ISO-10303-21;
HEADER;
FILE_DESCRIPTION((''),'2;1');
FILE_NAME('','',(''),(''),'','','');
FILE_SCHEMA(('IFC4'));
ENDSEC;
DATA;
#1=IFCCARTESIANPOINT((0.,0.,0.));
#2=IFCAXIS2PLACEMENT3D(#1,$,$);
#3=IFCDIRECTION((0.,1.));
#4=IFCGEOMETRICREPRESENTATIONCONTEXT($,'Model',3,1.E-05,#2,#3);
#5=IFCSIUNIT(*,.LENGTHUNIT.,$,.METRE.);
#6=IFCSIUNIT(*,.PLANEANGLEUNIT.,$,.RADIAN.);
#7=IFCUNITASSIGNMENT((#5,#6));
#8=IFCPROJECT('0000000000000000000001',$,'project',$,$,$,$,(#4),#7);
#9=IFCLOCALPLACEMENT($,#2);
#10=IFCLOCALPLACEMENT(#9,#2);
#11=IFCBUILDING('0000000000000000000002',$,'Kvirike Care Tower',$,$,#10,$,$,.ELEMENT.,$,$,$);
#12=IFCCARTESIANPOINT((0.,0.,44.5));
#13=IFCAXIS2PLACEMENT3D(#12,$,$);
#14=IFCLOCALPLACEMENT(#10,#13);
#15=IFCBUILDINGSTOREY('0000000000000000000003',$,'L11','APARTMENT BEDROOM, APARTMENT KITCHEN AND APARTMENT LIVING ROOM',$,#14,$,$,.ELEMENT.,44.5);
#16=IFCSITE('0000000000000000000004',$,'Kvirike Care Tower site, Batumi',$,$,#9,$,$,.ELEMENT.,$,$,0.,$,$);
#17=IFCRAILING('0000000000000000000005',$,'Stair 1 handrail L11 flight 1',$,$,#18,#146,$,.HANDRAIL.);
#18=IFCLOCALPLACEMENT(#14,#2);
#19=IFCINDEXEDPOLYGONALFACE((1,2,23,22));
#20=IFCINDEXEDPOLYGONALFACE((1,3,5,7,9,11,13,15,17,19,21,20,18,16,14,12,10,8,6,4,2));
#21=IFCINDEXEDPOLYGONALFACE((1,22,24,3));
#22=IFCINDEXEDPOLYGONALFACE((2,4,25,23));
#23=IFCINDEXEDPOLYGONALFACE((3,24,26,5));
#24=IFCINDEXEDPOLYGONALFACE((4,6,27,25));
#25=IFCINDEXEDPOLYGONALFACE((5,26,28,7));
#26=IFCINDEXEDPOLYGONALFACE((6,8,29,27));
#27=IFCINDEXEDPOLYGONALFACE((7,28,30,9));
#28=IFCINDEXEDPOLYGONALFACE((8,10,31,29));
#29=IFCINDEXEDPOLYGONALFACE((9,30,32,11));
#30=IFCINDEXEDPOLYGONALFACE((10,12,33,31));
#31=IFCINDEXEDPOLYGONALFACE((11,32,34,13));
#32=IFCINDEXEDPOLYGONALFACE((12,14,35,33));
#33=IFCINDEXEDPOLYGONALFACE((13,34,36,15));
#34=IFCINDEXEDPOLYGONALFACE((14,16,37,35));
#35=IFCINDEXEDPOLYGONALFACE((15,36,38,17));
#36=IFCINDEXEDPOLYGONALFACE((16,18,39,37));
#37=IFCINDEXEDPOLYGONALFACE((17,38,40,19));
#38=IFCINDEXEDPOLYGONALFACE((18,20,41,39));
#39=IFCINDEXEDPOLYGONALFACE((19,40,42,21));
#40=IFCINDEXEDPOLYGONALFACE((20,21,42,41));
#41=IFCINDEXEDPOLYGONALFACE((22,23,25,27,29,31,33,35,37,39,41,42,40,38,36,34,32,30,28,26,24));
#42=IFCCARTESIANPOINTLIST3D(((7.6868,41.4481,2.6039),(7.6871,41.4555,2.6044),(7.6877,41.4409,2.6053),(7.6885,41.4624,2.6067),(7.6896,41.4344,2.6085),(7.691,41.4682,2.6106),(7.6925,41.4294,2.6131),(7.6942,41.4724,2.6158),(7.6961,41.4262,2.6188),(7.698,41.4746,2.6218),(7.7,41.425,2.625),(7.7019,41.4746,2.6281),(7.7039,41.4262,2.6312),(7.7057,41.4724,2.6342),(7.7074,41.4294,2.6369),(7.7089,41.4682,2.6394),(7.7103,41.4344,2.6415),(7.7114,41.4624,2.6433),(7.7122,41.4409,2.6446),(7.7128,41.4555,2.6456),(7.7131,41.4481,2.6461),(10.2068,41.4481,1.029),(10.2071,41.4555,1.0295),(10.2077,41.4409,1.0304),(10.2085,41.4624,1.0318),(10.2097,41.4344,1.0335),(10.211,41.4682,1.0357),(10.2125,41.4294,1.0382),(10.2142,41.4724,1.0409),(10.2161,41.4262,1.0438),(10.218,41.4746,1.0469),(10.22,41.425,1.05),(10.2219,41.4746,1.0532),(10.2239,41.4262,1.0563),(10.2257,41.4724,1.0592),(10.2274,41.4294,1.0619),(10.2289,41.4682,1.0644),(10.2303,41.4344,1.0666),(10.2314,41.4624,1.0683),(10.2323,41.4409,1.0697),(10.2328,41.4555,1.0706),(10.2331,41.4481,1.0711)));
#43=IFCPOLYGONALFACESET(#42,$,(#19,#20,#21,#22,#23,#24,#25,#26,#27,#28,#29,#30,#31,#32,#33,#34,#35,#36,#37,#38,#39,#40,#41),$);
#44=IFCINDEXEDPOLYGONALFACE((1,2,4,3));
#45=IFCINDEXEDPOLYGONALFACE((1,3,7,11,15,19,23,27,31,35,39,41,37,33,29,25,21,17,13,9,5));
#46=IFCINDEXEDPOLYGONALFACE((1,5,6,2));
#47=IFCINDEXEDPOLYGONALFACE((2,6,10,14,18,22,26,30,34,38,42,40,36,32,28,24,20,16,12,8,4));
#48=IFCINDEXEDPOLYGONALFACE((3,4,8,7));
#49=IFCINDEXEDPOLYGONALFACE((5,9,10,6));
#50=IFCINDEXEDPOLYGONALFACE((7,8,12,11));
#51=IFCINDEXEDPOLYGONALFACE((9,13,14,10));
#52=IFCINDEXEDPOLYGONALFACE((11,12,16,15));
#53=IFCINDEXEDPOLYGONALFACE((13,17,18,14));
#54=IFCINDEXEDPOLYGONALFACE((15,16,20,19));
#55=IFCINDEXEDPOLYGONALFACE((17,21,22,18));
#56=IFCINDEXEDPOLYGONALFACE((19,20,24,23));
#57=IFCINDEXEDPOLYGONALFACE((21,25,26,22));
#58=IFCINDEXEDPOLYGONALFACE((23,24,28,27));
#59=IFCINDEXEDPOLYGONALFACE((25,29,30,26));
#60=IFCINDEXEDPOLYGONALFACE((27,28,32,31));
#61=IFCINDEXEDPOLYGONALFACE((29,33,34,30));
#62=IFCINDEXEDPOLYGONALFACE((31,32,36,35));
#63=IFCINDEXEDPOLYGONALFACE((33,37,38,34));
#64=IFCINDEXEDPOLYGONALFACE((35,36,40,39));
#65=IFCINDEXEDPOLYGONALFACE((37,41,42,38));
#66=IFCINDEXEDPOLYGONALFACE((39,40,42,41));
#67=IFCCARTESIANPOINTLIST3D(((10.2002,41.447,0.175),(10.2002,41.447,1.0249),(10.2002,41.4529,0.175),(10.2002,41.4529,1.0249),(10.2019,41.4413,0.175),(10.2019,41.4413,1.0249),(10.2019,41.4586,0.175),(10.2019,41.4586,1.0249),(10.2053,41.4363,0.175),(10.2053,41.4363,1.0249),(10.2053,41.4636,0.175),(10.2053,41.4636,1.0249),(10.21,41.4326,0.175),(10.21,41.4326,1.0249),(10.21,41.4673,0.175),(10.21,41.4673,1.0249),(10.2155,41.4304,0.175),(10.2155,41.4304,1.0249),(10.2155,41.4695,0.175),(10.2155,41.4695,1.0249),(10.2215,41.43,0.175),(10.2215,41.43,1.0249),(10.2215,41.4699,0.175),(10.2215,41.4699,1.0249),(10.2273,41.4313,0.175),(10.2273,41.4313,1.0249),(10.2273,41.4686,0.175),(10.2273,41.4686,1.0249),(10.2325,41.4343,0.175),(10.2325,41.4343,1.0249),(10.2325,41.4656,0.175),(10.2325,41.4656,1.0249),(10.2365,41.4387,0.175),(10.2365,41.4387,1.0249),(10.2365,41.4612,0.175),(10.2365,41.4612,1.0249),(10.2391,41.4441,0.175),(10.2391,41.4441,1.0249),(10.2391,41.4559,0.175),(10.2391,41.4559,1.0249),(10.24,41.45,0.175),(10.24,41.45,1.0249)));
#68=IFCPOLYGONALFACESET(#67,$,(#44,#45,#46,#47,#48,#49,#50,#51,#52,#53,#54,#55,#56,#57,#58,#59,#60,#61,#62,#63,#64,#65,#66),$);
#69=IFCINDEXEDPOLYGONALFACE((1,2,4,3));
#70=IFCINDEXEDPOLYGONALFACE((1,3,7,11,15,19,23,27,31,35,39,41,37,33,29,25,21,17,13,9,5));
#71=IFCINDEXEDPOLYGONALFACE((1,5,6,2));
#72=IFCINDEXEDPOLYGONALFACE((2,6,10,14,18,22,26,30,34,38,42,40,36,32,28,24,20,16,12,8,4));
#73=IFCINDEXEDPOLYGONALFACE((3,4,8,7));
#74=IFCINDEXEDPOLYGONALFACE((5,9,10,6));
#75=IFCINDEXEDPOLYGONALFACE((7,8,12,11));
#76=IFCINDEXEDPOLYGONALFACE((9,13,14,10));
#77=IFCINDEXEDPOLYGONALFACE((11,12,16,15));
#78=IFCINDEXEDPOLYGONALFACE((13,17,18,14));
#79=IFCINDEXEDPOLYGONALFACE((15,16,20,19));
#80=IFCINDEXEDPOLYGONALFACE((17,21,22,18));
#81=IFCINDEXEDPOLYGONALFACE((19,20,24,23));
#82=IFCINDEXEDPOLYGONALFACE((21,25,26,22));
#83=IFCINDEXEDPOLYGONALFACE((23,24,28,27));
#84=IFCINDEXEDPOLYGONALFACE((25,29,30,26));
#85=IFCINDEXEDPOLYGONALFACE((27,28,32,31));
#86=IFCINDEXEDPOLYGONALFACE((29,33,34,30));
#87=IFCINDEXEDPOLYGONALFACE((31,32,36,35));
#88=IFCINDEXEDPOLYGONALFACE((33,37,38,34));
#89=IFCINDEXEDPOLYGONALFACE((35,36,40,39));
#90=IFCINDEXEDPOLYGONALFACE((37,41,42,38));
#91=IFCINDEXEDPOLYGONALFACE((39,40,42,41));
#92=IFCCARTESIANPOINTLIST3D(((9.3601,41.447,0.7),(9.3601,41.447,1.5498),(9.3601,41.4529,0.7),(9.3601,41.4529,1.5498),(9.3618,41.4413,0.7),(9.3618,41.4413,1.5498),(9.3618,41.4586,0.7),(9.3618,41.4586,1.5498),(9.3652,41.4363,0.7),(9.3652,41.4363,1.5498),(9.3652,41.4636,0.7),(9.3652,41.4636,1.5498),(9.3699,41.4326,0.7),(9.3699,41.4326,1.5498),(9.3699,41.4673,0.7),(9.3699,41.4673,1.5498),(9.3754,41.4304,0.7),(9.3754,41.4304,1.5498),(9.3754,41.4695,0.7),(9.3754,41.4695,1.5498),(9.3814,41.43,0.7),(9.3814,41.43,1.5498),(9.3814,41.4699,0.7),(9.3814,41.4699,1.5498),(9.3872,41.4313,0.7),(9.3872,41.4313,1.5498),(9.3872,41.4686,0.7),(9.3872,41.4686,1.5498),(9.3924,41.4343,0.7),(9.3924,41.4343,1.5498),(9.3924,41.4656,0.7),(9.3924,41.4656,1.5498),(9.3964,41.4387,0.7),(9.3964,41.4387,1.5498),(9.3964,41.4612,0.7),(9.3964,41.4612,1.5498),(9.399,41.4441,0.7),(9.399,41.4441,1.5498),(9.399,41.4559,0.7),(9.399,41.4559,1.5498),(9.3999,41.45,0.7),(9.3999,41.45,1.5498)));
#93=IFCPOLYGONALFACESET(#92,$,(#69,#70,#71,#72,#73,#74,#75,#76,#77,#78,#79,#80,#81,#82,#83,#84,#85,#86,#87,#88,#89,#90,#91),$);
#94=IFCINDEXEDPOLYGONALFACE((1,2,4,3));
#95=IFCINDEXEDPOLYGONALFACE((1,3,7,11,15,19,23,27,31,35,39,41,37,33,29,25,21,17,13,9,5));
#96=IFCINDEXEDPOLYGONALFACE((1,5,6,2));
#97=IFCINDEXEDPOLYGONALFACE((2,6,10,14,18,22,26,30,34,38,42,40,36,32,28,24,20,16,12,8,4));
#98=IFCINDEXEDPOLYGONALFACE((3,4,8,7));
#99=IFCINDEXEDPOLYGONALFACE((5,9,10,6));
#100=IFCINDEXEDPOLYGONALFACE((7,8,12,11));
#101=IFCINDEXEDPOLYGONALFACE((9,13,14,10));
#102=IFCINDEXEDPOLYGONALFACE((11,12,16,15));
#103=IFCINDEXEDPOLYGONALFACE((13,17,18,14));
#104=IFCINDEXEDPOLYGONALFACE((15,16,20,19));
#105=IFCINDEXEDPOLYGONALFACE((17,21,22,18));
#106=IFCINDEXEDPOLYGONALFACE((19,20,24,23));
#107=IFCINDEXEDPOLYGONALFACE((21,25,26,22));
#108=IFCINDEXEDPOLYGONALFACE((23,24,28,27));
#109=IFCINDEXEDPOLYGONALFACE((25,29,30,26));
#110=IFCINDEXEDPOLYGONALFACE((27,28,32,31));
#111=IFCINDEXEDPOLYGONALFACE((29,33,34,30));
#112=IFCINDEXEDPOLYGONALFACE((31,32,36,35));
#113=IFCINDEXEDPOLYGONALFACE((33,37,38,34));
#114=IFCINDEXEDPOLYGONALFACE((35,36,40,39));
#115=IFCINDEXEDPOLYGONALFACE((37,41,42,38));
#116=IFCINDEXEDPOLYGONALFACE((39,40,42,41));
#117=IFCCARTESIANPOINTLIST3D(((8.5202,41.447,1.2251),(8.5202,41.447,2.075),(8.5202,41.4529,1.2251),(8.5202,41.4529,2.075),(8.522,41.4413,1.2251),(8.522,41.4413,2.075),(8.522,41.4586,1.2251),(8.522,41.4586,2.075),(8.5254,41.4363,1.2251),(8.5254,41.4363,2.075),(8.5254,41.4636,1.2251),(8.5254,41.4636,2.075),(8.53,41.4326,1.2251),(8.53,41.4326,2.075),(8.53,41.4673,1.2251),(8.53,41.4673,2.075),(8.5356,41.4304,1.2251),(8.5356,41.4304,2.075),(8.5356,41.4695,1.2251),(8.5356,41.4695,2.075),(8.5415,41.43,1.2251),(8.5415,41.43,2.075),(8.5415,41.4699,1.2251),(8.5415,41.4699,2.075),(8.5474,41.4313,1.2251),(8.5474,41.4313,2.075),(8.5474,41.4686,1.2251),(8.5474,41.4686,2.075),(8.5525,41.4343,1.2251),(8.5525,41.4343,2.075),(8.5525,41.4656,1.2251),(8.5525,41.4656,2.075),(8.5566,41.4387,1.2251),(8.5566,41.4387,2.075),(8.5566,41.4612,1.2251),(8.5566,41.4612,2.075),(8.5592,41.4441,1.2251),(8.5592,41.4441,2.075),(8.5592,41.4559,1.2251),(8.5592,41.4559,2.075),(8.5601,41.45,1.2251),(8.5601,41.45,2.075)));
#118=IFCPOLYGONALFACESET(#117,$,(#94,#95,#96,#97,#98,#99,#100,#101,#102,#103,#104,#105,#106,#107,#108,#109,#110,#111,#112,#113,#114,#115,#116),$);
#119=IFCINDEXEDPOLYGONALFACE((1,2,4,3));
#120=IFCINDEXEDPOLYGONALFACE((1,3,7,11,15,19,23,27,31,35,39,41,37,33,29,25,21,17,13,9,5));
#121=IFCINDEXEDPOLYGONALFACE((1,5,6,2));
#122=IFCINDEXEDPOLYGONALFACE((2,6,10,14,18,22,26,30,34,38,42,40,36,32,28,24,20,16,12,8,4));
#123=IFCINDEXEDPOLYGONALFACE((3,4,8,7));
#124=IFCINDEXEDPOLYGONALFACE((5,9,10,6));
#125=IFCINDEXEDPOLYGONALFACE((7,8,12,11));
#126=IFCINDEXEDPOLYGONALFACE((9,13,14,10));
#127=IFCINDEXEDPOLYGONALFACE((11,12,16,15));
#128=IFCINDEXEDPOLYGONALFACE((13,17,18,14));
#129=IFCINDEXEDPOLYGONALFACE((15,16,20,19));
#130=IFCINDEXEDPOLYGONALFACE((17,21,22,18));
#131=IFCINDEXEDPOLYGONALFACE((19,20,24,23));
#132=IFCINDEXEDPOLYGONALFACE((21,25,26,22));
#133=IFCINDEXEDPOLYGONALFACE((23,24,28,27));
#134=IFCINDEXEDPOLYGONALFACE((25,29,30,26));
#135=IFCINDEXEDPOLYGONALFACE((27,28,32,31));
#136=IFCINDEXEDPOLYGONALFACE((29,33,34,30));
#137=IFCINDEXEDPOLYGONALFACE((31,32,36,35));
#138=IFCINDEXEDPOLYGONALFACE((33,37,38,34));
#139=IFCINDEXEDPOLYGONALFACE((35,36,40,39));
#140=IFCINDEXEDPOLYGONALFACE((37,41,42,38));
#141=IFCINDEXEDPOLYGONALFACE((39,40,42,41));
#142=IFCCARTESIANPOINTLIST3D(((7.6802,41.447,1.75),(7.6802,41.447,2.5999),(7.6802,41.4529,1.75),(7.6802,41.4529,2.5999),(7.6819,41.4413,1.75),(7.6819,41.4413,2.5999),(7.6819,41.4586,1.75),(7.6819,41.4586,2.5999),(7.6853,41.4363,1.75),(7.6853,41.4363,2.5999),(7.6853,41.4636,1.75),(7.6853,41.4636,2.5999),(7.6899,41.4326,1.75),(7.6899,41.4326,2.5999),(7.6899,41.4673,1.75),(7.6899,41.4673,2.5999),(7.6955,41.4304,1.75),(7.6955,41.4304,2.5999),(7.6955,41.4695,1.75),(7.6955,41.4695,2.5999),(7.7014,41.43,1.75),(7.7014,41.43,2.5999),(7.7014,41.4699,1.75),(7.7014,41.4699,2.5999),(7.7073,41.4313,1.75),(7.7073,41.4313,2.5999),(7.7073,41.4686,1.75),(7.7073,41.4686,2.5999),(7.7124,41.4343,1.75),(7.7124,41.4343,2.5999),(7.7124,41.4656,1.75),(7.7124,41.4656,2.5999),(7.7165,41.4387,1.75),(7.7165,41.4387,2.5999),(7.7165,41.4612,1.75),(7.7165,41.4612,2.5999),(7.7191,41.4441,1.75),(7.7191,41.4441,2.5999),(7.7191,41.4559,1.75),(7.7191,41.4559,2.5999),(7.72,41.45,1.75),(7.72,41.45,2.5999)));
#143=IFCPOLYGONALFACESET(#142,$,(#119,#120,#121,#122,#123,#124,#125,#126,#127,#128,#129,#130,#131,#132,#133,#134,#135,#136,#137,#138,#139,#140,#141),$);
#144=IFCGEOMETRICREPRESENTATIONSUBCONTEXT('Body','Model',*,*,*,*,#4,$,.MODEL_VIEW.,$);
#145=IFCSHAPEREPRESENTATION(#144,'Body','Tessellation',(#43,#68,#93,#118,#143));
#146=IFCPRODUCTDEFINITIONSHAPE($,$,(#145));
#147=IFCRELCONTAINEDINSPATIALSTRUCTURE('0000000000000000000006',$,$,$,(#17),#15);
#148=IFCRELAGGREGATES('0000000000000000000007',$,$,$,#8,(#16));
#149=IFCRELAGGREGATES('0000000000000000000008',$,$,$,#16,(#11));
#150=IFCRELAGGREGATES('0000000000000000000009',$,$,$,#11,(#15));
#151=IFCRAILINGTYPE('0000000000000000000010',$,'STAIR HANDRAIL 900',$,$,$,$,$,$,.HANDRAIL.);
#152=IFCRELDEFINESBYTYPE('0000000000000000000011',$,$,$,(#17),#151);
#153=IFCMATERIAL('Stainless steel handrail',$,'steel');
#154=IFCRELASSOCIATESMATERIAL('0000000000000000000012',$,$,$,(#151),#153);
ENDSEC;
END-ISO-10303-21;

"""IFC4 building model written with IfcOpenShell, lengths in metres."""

from ifc_helpers import new_model, si_unit, direction, frame, origin, origin_2d, place, context, subcontext, project, spatial, circle, extrude, material, type_object, element, save


model = new_model("IFC4")

# Units and contexts
model_context = context("Model", 3, precision=1e-05, world=origin(), true_north=direction((0.0, 1.0)))
body_context = subcontext(model_context, "Body", "Model", "MODEL_VIEW")
ifc_project = project(units=[si_unit("LENGTHUNIT", "METRE"), si_unit("PLANEANGLEUNIT", "RADIAN")], contexts=[model_context])

# Site, building, storey
site_placement = place(None, origin())
site = spatial("IfcSite", under=ifc_project, at=site_placement, Name="Kvirike Care Tower site, Batumi", CompositionType="ELEMENT", RefElevation=0.0)
building_placement = place(site_placement, origin())
building = spatial("IfcBuilding", under=site, at=building_placement, Name="Kvirike Care Tower", CompositionType="ELEMENT")
storey_placement = place(building_placement, frame((0.0, 0.0, 44.5)))
storey = spatial("IfcBuildingStorey", under=building, at=storey_placement, Name="L11", Description="APARTMENT BEDROOM, APARTMENT KITCHEN AND APARTMENT LIVING ROOM", CompositionType="ELEMENT", Elevation=44.5)

# Railing
ifc_material_1 = material(Name="Stainless steel handrail", Category="steel")
railing_type = type_object("IfcRailingType", Name="STAIR HANDRAIL 900", PredefinedType="HANDRAIL", material=ifc_material_1)
railing_1_placement = place(storey_placement, frame((10.22, 41.45, 0.175)))
element("IfcRailing", 1, at=railing_1_placement, inside=storey, type_object=railing_type, Name="Stair 1 handrail L11 flight 1", PredefinedType="HANDRAIL", context=body_context, shape_type="SweptSolid", body=[
    extrude(circle(Radius=0.0249, at=origin_2d()), frame((0.0, 0.0, 0.875), z_axis=(-0.848008, 0.0, 0.529984), x_axis=(0.0, -1.0, 0.0)), (0.0, 0.0, 1.0), 2.9717),
    extrude(circle(Radius=0.02, at=origin_2d()), origin(), (0.0, 0.0, 1.0), 0.8499),
    extrude(circle(Radius=0.02, at=origin_2d()), frame((-0.8401, 0.0, 0.5249)), (0.0, 0.0, 1.0), 0.8499),
    extrude(circle(Radius=0.02, at=origin_2d()), frame((-1.6799, 0.0, 1.05)), (0.0, 0.0, 1.0), 0.8499),
    extrude(circle(Radius=0.02, at=origin_2d()), frame((-2.52, 0.0, 1.575)), (0.0, 0.0, 1.0), 0.8499),
])

save(model, "model.ifc")
